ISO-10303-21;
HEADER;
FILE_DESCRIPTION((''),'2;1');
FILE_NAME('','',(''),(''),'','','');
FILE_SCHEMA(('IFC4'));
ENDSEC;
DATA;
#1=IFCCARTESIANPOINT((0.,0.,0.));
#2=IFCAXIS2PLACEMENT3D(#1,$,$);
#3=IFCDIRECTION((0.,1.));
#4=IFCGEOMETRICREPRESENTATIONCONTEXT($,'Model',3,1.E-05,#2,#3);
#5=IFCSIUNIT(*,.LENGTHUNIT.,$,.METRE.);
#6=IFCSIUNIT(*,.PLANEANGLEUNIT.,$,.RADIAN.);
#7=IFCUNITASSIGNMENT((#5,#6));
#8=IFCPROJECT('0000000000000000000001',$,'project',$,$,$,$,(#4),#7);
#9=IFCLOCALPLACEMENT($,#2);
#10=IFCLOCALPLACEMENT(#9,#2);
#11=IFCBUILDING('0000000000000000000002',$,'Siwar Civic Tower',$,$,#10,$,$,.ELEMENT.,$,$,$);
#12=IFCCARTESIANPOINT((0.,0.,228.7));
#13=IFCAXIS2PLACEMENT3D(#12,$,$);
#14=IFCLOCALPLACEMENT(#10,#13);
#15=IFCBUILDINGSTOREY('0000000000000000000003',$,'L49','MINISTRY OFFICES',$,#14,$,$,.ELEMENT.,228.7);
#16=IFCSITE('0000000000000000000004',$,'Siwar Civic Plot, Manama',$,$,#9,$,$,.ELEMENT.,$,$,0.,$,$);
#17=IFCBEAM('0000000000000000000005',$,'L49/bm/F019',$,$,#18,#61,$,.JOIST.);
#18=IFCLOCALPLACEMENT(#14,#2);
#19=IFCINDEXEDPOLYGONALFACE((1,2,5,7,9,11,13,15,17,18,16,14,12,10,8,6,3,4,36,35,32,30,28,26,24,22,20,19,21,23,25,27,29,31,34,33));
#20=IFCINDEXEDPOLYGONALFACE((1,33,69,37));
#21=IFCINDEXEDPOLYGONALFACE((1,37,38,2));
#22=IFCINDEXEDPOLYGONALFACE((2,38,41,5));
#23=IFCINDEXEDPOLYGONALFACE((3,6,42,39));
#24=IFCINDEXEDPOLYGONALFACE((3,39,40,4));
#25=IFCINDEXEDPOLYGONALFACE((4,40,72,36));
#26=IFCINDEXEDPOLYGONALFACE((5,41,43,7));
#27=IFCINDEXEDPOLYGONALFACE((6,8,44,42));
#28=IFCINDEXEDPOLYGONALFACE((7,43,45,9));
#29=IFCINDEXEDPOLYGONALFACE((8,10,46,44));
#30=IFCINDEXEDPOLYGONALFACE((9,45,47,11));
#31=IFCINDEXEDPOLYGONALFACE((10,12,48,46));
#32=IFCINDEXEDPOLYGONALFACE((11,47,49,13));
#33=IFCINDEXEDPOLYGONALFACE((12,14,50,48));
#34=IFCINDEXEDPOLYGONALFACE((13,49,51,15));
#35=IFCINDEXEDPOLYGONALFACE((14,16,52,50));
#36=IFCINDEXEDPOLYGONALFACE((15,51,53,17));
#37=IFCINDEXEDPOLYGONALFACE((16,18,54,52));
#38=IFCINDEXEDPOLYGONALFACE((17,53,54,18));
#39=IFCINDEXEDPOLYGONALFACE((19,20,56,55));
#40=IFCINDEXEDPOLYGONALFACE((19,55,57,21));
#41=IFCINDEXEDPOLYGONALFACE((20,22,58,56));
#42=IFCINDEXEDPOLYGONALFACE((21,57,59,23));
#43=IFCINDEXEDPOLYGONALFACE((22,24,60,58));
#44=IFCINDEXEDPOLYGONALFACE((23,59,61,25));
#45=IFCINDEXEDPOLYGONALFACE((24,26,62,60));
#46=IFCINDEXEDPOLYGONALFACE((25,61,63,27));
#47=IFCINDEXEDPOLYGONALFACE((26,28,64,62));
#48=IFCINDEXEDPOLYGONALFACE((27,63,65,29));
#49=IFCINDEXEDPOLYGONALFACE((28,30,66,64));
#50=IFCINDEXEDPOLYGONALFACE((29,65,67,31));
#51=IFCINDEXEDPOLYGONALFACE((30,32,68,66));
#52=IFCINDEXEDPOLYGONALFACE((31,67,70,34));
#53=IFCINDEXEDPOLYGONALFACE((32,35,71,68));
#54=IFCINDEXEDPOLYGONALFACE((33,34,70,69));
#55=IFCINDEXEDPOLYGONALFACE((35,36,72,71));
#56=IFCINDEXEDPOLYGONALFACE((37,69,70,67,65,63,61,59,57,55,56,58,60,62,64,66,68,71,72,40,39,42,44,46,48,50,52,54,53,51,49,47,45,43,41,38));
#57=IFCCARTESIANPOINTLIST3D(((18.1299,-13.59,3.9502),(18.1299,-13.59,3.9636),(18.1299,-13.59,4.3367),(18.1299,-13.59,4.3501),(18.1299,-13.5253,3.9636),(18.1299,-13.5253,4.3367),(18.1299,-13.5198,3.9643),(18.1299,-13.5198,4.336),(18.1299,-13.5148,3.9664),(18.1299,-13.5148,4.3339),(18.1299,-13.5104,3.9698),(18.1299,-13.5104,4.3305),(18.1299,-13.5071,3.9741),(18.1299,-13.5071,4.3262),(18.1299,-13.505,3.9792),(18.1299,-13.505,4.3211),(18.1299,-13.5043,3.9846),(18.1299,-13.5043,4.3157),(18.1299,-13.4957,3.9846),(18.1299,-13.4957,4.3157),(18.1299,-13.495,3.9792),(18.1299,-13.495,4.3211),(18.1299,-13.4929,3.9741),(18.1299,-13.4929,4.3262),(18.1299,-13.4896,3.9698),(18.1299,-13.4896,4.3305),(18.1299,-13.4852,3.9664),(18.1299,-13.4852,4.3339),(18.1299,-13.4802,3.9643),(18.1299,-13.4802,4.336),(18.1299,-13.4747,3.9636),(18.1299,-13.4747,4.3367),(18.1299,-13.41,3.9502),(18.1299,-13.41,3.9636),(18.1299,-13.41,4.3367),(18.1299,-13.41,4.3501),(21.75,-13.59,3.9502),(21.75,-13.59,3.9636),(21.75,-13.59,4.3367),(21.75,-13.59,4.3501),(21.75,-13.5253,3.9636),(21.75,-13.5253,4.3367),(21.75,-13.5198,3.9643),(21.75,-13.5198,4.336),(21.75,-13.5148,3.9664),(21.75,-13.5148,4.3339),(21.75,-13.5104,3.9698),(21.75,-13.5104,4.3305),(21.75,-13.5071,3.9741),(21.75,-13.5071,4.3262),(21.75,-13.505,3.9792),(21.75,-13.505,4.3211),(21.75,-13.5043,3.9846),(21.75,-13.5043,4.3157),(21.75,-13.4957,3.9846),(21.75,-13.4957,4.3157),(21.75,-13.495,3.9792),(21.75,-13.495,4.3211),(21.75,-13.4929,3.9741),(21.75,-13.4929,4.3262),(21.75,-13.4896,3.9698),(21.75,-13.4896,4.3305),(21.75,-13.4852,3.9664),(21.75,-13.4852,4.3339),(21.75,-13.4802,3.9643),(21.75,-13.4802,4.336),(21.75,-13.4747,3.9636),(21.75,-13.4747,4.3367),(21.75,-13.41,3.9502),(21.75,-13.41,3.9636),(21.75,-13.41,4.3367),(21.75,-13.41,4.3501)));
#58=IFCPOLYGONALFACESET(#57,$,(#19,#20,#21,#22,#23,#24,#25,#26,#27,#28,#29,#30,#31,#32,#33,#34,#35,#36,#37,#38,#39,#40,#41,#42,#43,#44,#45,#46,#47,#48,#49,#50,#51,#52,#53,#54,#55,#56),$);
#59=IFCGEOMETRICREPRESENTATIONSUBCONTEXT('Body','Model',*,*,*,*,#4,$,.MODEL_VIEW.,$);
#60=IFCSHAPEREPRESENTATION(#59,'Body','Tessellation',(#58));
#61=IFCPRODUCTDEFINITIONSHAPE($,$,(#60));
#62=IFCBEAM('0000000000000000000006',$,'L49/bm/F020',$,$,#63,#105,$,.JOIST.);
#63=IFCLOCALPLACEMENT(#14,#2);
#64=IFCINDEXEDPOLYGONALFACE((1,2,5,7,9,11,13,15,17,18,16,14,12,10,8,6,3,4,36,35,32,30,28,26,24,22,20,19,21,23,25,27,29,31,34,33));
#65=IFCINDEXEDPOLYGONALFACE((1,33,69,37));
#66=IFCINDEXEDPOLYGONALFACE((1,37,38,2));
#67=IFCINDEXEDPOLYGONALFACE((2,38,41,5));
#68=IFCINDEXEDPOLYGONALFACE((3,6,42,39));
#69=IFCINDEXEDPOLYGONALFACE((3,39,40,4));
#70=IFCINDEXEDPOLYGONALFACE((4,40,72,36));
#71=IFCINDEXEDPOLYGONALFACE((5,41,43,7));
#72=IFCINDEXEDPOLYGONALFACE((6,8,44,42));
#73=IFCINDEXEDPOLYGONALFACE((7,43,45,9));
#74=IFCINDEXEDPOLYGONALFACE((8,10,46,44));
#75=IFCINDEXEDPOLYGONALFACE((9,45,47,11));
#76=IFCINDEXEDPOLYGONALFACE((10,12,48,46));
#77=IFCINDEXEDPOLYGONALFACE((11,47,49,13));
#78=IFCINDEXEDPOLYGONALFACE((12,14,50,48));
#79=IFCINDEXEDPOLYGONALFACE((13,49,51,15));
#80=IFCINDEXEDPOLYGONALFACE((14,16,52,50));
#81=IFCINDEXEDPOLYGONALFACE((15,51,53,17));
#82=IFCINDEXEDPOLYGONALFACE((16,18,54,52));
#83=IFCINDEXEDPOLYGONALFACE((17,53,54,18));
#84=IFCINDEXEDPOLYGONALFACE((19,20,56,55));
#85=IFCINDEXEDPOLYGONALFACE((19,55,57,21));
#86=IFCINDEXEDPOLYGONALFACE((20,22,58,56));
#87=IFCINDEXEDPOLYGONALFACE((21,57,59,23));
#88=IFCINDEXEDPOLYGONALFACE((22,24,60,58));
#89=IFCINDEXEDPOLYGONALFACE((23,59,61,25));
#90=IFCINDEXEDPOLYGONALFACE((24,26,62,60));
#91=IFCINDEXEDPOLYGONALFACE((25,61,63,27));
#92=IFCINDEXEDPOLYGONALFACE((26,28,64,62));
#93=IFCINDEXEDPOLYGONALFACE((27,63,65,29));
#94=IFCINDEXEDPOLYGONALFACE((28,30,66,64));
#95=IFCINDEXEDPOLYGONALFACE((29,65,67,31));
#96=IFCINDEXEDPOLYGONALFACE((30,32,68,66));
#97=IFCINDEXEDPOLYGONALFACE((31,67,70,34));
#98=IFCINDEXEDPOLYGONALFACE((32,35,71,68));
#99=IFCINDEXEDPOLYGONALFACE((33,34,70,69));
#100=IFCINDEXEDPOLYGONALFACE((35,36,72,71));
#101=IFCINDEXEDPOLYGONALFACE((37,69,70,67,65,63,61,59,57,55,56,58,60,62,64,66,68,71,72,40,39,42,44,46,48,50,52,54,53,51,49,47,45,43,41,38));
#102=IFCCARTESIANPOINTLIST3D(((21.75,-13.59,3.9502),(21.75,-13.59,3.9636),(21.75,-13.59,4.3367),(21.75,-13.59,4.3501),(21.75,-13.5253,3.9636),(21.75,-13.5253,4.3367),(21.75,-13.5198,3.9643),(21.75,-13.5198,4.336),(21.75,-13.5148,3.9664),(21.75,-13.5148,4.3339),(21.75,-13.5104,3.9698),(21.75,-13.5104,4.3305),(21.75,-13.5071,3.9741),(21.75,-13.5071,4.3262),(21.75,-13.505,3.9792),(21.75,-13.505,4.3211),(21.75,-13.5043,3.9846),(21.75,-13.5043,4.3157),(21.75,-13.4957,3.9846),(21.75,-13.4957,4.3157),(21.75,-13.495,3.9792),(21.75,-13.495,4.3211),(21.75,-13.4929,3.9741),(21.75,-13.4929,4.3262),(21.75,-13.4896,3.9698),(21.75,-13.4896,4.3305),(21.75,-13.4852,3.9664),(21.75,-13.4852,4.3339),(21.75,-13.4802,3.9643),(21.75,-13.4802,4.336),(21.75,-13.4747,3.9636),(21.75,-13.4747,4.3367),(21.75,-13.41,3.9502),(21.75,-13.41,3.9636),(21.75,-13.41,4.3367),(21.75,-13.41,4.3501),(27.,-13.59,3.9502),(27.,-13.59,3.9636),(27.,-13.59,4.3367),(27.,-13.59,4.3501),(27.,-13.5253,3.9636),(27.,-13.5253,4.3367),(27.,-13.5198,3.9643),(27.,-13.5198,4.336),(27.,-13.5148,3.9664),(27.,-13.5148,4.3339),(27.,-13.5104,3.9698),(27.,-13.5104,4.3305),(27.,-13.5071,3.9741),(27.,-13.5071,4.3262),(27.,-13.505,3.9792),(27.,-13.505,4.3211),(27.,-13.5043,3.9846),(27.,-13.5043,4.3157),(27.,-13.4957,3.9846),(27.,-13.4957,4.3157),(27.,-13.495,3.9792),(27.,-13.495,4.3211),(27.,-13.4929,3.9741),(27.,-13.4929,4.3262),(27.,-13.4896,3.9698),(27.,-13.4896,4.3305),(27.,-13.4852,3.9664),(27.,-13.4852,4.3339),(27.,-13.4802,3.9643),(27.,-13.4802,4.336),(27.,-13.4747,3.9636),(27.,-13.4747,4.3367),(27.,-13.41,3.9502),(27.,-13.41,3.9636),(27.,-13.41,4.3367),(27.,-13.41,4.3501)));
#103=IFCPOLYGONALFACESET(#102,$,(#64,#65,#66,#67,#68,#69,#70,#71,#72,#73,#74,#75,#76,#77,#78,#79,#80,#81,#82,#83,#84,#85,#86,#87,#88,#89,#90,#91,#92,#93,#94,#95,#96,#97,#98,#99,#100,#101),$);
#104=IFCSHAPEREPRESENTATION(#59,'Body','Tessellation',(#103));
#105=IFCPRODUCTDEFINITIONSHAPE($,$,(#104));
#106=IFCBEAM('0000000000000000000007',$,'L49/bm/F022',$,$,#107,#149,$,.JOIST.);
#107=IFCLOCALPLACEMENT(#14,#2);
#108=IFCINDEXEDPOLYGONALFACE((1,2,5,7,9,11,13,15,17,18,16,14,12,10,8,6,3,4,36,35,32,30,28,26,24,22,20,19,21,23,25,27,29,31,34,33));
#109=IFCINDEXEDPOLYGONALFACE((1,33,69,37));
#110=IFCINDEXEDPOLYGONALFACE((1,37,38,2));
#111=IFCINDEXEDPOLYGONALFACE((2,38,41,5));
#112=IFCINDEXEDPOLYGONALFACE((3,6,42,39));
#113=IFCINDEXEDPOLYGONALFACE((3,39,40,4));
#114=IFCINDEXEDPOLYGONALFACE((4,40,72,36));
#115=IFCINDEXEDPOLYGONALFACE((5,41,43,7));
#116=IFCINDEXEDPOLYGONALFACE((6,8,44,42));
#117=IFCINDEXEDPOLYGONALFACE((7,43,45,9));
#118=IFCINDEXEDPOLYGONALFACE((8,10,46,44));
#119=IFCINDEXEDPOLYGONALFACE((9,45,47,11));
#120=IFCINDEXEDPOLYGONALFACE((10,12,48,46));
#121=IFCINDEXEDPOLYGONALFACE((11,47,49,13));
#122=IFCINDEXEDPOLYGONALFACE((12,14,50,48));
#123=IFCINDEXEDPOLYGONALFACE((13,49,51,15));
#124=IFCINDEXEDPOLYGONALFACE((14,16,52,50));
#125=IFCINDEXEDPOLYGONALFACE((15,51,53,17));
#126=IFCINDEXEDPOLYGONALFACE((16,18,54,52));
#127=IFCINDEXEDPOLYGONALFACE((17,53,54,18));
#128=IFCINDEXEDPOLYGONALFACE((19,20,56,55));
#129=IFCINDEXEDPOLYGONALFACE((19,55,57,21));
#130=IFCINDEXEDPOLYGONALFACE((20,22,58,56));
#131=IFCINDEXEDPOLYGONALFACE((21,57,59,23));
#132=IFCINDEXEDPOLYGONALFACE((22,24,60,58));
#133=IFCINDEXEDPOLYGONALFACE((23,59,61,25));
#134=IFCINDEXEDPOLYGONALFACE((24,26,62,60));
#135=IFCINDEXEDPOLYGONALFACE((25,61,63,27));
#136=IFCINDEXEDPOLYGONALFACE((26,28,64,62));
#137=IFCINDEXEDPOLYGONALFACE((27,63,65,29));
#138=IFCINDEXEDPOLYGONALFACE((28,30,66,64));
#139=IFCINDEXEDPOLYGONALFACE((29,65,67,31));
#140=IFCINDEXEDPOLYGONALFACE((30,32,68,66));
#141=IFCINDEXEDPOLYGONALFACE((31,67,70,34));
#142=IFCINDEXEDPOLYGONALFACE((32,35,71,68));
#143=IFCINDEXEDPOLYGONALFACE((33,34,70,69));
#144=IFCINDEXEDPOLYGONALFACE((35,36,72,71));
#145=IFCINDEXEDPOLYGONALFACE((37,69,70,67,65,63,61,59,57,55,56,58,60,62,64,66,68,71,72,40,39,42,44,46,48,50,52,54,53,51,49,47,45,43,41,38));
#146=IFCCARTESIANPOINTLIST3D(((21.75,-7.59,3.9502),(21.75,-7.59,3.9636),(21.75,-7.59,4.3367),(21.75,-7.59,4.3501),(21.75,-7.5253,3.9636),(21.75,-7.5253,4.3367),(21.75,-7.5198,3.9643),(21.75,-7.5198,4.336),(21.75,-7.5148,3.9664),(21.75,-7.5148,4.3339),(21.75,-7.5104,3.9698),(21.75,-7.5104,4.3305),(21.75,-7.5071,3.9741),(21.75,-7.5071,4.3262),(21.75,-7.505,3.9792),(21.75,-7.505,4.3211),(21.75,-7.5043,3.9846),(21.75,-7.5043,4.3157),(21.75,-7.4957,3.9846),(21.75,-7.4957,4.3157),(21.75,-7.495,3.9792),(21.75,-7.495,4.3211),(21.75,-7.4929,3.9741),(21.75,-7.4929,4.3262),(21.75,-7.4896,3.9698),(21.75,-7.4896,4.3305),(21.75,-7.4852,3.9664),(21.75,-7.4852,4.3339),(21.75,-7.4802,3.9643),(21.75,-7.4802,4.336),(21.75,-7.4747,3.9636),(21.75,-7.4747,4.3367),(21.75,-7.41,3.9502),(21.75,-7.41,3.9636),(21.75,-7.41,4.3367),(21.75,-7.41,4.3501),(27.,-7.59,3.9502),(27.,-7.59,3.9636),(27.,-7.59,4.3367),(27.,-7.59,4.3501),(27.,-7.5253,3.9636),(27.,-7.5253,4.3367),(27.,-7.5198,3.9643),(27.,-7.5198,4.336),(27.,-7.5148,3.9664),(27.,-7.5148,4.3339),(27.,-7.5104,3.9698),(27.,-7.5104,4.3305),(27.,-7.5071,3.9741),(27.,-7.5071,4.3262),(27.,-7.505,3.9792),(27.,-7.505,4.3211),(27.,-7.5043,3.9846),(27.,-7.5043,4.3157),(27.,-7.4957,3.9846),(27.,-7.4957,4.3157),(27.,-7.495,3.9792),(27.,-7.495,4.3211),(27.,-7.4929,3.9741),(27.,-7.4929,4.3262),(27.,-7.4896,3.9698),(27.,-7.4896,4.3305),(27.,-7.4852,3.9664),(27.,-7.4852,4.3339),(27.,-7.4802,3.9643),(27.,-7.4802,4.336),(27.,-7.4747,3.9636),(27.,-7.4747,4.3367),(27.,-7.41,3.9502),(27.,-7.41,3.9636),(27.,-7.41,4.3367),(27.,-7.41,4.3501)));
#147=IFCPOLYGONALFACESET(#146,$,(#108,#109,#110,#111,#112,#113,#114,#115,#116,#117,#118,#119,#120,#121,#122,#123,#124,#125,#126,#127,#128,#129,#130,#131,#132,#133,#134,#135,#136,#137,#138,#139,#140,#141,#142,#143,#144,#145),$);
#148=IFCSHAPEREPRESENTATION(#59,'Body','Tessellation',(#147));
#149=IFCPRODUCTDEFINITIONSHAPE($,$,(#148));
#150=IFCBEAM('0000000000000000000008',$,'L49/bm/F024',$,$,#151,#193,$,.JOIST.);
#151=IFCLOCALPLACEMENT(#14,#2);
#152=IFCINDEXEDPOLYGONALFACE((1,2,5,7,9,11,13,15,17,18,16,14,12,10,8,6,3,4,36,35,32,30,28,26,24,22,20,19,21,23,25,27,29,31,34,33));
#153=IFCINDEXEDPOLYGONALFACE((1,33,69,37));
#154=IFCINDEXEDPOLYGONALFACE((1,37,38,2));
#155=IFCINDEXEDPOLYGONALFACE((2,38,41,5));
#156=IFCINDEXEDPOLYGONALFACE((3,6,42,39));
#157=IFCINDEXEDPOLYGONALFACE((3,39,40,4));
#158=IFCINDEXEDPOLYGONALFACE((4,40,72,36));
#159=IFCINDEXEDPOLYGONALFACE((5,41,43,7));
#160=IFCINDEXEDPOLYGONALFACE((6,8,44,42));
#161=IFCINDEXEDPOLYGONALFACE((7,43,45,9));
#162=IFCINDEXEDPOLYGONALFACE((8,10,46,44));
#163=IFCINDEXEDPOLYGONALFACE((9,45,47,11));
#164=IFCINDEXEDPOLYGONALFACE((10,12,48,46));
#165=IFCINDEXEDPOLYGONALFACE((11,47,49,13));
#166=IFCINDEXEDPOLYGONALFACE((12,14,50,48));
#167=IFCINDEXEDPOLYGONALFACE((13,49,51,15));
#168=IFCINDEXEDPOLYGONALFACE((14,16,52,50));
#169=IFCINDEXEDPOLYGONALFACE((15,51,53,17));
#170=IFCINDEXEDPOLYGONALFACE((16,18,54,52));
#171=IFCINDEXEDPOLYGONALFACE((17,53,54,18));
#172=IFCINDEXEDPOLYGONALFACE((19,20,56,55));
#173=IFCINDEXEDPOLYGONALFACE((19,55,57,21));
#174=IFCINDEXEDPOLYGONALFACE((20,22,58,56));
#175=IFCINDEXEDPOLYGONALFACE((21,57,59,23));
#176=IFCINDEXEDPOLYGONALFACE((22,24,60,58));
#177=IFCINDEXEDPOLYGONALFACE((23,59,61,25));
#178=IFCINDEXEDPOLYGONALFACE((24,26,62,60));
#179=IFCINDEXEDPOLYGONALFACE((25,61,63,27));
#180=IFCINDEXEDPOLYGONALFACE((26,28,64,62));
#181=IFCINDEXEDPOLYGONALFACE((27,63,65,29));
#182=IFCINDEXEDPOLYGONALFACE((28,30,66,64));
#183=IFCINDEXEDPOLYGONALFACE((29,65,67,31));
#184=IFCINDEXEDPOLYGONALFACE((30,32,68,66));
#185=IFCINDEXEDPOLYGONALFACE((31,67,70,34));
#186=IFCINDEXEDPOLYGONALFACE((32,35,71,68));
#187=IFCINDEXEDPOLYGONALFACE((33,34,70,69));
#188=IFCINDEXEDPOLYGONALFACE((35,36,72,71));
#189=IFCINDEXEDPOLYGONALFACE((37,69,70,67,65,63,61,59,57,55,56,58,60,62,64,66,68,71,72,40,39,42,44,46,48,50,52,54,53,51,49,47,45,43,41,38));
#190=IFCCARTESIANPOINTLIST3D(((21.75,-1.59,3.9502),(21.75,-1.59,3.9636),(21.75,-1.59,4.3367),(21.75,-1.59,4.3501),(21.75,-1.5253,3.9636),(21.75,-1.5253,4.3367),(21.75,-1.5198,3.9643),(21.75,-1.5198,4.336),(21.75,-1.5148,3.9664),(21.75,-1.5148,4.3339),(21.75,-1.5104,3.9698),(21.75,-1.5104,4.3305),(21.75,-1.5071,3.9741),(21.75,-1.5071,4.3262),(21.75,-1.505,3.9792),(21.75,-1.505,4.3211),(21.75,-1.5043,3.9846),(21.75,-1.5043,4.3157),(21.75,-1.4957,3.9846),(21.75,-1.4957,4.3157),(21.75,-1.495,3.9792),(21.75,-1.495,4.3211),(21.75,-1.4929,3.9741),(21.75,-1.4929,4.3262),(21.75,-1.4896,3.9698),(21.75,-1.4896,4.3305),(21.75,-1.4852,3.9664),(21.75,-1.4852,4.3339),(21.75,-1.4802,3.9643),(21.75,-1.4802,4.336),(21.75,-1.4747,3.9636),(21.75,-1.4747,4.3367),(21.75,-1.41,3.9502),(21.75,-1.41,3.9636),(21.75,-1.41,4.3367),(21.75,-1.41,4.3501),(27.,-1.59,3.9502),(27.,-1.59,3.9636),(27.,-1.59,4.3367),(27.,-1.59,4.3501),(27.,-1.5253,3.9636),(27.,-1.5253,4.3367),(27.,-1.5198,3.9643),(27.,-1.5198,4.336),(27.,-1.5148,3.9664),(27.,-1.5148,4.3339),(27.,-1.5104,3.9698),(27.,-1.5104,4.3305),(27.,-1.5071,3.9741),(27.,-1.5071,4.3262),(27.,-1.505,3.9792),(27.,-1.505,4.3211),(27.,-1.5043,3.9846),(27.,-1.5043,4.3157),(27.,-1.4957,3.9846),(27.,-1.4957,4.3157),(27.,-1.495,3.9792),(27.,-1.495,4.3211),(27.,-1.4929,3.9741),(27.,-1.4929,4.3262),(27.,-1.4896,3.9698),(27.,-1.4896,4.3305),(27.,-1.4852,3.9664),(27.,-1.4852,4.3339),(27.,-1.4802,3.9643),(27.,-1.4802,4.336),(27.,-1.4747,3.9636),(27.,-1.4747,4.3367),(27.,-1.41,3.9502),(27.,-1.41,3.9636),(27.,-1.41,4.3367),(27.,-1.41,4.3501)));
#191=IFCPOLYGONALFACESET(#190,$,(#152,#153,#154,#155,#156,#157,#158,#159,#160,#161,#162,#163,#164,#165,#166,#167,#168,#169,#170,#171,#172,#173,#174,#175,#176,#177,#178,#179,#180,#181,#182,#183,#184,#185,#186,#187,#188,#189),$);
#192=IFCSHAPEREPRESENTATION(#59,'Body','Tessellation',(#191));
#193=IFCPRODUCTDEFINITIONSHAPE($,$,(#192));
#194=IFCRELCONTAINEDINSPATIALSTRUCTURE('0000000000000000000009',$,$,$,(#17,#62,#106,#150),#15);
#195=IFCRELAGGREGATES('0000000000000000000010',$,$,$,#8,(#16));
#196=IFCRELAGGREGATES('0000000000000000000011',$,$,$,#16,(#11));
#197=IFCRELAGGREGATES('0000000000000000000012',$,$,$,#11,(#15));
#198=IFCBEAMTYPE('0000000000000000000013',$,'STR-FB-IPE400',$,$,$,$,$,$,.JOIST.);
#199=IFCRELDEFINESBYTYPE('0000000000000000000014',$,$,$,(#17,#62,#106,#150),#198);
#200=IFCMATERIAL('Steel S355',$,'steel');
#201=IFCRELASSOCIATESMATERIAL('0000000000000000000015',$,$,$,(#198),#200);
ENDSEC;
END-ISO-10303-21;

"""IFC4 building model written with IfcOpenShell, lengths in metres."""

from ifc_helpers import new_model, si_unit, direction, frame, origin, origin_2d, place, context, subcontext, project, spatial, i_section, extrude, material, material_profile, profile_set, type_object, element, save


model = new_model("IFC4")

# Units and contexts
model_context = context("Model", 3, precision=1e-05, world=origin(), true_north=direction((0.0, 1.0)))
body_context = subcontext(model_context, "Body", "Model", "MODEL_VIEW")
ifc_project = project(units=[si_unit("LENGTHUNIT", "METRE"), si_unit("PLANEANGLEUNIT", "RADIAN")], contexts=[model_context])

# Site, building, storey
site_placement = place(None, origin())
site = spatial("IfcSite", under=ifc_project, at=site_placement, Name="Siwar Civic Plot, Manama", CompositionType="ELEMENT", RefElevation=0.0)
building_placement = place(site_placement, origin())
building = spatial("IfcBuilding", under=site, at=building_placement, Name="Siwar Civic Tower", CompositionType="ELEMENT")
storey_placement = place(building_placement, frame((0.0, 0.0, 228.7)))
storey = spatial("IfcBuildingStorey", under=building, at=storey_placement, Name="L49", Description="MINISTRY OFFICES", CompositionType="ELEMENT", Elevation=228.7)

# Beams
ifc_material_1 = material(Name="Steel S355", Category="steel")
ifc_material_profile_1 = material_profile(ifc_material_1, i_section(OverallWidth=0.1799, OverallDepth=0.3999, WebThickness=0.0085, FlangeThickness=0.0134, FilletRadius=0.021, at=origin_2d()), Name="IPE400")
ifc_profile_set_1 = profile_set([ifc_material_profile_1], Name="Steel S355")
beam_type_1 = type_object("IfcBeamType", Name="STR-FB-IPE400", PredefinedType="JOIST", material=ifc_profile_set_1)
beam_placement = place(storey_placement, frame((18.1299, -13.5, 4.1501), z_axis=(1.0, 0.0, 0.0), x_axis=(0.0, 1.0, 0.0)))
element("IfcBeam", 1, at=beam_placement, inside=storey, type_object=beam_type_1, Name="L49/bm/F019", PredefinedType="JOIST", context=body_context, shape_type="SweptSolid", body=[
    extrude(i_section(OverallWidth=0.1799, OverallDepth=0.3999, WebThickness=0.0085, FlangeThickness=0.0134, FilletRadius=0.021, at=origin_2d()), origin(), (0.0, 0.0, 1.0), 3.6201),
])
for number, where, z_axis, x_axis, name in (
    (2, (21.75, -13.5, 4.1501), (1.0, 0.0, 0.0), (0.0, 1.0, 0.0), "L49/bm/F020"),
    (3, (21.75, -7.5, 4.1501), (1.0, 0.0, 0.0), (0.0, 1.0, 0.0), "L49/bm/F022"),
    (4, (21.75, -1.5, 4.1501), (1.0, 0.0, 0.0), (0.0, 1.0, 0.0), "L49/bm/F024"),
):
    element("IfcBeam", number, at=place(storey_placement, frame(where, z_axis=z_axis, x_axis=x_axis)), inside=storey, type_object=beam_type_1, Name=name, PredefinedType="JOIST", context=body_context, shape_type="SweptSolid", body=[
        extrude(i_section(OverallWidth=0.1799, OverallDepth=0.3999, WebThickness=0.0085, FlangeThickness=0.0134, FilletRadius=0.021, at=origin_2d()), origin(), (0.0, 0.0, 1.0), 5.25),
    ])

save(model, "model.ifc")
